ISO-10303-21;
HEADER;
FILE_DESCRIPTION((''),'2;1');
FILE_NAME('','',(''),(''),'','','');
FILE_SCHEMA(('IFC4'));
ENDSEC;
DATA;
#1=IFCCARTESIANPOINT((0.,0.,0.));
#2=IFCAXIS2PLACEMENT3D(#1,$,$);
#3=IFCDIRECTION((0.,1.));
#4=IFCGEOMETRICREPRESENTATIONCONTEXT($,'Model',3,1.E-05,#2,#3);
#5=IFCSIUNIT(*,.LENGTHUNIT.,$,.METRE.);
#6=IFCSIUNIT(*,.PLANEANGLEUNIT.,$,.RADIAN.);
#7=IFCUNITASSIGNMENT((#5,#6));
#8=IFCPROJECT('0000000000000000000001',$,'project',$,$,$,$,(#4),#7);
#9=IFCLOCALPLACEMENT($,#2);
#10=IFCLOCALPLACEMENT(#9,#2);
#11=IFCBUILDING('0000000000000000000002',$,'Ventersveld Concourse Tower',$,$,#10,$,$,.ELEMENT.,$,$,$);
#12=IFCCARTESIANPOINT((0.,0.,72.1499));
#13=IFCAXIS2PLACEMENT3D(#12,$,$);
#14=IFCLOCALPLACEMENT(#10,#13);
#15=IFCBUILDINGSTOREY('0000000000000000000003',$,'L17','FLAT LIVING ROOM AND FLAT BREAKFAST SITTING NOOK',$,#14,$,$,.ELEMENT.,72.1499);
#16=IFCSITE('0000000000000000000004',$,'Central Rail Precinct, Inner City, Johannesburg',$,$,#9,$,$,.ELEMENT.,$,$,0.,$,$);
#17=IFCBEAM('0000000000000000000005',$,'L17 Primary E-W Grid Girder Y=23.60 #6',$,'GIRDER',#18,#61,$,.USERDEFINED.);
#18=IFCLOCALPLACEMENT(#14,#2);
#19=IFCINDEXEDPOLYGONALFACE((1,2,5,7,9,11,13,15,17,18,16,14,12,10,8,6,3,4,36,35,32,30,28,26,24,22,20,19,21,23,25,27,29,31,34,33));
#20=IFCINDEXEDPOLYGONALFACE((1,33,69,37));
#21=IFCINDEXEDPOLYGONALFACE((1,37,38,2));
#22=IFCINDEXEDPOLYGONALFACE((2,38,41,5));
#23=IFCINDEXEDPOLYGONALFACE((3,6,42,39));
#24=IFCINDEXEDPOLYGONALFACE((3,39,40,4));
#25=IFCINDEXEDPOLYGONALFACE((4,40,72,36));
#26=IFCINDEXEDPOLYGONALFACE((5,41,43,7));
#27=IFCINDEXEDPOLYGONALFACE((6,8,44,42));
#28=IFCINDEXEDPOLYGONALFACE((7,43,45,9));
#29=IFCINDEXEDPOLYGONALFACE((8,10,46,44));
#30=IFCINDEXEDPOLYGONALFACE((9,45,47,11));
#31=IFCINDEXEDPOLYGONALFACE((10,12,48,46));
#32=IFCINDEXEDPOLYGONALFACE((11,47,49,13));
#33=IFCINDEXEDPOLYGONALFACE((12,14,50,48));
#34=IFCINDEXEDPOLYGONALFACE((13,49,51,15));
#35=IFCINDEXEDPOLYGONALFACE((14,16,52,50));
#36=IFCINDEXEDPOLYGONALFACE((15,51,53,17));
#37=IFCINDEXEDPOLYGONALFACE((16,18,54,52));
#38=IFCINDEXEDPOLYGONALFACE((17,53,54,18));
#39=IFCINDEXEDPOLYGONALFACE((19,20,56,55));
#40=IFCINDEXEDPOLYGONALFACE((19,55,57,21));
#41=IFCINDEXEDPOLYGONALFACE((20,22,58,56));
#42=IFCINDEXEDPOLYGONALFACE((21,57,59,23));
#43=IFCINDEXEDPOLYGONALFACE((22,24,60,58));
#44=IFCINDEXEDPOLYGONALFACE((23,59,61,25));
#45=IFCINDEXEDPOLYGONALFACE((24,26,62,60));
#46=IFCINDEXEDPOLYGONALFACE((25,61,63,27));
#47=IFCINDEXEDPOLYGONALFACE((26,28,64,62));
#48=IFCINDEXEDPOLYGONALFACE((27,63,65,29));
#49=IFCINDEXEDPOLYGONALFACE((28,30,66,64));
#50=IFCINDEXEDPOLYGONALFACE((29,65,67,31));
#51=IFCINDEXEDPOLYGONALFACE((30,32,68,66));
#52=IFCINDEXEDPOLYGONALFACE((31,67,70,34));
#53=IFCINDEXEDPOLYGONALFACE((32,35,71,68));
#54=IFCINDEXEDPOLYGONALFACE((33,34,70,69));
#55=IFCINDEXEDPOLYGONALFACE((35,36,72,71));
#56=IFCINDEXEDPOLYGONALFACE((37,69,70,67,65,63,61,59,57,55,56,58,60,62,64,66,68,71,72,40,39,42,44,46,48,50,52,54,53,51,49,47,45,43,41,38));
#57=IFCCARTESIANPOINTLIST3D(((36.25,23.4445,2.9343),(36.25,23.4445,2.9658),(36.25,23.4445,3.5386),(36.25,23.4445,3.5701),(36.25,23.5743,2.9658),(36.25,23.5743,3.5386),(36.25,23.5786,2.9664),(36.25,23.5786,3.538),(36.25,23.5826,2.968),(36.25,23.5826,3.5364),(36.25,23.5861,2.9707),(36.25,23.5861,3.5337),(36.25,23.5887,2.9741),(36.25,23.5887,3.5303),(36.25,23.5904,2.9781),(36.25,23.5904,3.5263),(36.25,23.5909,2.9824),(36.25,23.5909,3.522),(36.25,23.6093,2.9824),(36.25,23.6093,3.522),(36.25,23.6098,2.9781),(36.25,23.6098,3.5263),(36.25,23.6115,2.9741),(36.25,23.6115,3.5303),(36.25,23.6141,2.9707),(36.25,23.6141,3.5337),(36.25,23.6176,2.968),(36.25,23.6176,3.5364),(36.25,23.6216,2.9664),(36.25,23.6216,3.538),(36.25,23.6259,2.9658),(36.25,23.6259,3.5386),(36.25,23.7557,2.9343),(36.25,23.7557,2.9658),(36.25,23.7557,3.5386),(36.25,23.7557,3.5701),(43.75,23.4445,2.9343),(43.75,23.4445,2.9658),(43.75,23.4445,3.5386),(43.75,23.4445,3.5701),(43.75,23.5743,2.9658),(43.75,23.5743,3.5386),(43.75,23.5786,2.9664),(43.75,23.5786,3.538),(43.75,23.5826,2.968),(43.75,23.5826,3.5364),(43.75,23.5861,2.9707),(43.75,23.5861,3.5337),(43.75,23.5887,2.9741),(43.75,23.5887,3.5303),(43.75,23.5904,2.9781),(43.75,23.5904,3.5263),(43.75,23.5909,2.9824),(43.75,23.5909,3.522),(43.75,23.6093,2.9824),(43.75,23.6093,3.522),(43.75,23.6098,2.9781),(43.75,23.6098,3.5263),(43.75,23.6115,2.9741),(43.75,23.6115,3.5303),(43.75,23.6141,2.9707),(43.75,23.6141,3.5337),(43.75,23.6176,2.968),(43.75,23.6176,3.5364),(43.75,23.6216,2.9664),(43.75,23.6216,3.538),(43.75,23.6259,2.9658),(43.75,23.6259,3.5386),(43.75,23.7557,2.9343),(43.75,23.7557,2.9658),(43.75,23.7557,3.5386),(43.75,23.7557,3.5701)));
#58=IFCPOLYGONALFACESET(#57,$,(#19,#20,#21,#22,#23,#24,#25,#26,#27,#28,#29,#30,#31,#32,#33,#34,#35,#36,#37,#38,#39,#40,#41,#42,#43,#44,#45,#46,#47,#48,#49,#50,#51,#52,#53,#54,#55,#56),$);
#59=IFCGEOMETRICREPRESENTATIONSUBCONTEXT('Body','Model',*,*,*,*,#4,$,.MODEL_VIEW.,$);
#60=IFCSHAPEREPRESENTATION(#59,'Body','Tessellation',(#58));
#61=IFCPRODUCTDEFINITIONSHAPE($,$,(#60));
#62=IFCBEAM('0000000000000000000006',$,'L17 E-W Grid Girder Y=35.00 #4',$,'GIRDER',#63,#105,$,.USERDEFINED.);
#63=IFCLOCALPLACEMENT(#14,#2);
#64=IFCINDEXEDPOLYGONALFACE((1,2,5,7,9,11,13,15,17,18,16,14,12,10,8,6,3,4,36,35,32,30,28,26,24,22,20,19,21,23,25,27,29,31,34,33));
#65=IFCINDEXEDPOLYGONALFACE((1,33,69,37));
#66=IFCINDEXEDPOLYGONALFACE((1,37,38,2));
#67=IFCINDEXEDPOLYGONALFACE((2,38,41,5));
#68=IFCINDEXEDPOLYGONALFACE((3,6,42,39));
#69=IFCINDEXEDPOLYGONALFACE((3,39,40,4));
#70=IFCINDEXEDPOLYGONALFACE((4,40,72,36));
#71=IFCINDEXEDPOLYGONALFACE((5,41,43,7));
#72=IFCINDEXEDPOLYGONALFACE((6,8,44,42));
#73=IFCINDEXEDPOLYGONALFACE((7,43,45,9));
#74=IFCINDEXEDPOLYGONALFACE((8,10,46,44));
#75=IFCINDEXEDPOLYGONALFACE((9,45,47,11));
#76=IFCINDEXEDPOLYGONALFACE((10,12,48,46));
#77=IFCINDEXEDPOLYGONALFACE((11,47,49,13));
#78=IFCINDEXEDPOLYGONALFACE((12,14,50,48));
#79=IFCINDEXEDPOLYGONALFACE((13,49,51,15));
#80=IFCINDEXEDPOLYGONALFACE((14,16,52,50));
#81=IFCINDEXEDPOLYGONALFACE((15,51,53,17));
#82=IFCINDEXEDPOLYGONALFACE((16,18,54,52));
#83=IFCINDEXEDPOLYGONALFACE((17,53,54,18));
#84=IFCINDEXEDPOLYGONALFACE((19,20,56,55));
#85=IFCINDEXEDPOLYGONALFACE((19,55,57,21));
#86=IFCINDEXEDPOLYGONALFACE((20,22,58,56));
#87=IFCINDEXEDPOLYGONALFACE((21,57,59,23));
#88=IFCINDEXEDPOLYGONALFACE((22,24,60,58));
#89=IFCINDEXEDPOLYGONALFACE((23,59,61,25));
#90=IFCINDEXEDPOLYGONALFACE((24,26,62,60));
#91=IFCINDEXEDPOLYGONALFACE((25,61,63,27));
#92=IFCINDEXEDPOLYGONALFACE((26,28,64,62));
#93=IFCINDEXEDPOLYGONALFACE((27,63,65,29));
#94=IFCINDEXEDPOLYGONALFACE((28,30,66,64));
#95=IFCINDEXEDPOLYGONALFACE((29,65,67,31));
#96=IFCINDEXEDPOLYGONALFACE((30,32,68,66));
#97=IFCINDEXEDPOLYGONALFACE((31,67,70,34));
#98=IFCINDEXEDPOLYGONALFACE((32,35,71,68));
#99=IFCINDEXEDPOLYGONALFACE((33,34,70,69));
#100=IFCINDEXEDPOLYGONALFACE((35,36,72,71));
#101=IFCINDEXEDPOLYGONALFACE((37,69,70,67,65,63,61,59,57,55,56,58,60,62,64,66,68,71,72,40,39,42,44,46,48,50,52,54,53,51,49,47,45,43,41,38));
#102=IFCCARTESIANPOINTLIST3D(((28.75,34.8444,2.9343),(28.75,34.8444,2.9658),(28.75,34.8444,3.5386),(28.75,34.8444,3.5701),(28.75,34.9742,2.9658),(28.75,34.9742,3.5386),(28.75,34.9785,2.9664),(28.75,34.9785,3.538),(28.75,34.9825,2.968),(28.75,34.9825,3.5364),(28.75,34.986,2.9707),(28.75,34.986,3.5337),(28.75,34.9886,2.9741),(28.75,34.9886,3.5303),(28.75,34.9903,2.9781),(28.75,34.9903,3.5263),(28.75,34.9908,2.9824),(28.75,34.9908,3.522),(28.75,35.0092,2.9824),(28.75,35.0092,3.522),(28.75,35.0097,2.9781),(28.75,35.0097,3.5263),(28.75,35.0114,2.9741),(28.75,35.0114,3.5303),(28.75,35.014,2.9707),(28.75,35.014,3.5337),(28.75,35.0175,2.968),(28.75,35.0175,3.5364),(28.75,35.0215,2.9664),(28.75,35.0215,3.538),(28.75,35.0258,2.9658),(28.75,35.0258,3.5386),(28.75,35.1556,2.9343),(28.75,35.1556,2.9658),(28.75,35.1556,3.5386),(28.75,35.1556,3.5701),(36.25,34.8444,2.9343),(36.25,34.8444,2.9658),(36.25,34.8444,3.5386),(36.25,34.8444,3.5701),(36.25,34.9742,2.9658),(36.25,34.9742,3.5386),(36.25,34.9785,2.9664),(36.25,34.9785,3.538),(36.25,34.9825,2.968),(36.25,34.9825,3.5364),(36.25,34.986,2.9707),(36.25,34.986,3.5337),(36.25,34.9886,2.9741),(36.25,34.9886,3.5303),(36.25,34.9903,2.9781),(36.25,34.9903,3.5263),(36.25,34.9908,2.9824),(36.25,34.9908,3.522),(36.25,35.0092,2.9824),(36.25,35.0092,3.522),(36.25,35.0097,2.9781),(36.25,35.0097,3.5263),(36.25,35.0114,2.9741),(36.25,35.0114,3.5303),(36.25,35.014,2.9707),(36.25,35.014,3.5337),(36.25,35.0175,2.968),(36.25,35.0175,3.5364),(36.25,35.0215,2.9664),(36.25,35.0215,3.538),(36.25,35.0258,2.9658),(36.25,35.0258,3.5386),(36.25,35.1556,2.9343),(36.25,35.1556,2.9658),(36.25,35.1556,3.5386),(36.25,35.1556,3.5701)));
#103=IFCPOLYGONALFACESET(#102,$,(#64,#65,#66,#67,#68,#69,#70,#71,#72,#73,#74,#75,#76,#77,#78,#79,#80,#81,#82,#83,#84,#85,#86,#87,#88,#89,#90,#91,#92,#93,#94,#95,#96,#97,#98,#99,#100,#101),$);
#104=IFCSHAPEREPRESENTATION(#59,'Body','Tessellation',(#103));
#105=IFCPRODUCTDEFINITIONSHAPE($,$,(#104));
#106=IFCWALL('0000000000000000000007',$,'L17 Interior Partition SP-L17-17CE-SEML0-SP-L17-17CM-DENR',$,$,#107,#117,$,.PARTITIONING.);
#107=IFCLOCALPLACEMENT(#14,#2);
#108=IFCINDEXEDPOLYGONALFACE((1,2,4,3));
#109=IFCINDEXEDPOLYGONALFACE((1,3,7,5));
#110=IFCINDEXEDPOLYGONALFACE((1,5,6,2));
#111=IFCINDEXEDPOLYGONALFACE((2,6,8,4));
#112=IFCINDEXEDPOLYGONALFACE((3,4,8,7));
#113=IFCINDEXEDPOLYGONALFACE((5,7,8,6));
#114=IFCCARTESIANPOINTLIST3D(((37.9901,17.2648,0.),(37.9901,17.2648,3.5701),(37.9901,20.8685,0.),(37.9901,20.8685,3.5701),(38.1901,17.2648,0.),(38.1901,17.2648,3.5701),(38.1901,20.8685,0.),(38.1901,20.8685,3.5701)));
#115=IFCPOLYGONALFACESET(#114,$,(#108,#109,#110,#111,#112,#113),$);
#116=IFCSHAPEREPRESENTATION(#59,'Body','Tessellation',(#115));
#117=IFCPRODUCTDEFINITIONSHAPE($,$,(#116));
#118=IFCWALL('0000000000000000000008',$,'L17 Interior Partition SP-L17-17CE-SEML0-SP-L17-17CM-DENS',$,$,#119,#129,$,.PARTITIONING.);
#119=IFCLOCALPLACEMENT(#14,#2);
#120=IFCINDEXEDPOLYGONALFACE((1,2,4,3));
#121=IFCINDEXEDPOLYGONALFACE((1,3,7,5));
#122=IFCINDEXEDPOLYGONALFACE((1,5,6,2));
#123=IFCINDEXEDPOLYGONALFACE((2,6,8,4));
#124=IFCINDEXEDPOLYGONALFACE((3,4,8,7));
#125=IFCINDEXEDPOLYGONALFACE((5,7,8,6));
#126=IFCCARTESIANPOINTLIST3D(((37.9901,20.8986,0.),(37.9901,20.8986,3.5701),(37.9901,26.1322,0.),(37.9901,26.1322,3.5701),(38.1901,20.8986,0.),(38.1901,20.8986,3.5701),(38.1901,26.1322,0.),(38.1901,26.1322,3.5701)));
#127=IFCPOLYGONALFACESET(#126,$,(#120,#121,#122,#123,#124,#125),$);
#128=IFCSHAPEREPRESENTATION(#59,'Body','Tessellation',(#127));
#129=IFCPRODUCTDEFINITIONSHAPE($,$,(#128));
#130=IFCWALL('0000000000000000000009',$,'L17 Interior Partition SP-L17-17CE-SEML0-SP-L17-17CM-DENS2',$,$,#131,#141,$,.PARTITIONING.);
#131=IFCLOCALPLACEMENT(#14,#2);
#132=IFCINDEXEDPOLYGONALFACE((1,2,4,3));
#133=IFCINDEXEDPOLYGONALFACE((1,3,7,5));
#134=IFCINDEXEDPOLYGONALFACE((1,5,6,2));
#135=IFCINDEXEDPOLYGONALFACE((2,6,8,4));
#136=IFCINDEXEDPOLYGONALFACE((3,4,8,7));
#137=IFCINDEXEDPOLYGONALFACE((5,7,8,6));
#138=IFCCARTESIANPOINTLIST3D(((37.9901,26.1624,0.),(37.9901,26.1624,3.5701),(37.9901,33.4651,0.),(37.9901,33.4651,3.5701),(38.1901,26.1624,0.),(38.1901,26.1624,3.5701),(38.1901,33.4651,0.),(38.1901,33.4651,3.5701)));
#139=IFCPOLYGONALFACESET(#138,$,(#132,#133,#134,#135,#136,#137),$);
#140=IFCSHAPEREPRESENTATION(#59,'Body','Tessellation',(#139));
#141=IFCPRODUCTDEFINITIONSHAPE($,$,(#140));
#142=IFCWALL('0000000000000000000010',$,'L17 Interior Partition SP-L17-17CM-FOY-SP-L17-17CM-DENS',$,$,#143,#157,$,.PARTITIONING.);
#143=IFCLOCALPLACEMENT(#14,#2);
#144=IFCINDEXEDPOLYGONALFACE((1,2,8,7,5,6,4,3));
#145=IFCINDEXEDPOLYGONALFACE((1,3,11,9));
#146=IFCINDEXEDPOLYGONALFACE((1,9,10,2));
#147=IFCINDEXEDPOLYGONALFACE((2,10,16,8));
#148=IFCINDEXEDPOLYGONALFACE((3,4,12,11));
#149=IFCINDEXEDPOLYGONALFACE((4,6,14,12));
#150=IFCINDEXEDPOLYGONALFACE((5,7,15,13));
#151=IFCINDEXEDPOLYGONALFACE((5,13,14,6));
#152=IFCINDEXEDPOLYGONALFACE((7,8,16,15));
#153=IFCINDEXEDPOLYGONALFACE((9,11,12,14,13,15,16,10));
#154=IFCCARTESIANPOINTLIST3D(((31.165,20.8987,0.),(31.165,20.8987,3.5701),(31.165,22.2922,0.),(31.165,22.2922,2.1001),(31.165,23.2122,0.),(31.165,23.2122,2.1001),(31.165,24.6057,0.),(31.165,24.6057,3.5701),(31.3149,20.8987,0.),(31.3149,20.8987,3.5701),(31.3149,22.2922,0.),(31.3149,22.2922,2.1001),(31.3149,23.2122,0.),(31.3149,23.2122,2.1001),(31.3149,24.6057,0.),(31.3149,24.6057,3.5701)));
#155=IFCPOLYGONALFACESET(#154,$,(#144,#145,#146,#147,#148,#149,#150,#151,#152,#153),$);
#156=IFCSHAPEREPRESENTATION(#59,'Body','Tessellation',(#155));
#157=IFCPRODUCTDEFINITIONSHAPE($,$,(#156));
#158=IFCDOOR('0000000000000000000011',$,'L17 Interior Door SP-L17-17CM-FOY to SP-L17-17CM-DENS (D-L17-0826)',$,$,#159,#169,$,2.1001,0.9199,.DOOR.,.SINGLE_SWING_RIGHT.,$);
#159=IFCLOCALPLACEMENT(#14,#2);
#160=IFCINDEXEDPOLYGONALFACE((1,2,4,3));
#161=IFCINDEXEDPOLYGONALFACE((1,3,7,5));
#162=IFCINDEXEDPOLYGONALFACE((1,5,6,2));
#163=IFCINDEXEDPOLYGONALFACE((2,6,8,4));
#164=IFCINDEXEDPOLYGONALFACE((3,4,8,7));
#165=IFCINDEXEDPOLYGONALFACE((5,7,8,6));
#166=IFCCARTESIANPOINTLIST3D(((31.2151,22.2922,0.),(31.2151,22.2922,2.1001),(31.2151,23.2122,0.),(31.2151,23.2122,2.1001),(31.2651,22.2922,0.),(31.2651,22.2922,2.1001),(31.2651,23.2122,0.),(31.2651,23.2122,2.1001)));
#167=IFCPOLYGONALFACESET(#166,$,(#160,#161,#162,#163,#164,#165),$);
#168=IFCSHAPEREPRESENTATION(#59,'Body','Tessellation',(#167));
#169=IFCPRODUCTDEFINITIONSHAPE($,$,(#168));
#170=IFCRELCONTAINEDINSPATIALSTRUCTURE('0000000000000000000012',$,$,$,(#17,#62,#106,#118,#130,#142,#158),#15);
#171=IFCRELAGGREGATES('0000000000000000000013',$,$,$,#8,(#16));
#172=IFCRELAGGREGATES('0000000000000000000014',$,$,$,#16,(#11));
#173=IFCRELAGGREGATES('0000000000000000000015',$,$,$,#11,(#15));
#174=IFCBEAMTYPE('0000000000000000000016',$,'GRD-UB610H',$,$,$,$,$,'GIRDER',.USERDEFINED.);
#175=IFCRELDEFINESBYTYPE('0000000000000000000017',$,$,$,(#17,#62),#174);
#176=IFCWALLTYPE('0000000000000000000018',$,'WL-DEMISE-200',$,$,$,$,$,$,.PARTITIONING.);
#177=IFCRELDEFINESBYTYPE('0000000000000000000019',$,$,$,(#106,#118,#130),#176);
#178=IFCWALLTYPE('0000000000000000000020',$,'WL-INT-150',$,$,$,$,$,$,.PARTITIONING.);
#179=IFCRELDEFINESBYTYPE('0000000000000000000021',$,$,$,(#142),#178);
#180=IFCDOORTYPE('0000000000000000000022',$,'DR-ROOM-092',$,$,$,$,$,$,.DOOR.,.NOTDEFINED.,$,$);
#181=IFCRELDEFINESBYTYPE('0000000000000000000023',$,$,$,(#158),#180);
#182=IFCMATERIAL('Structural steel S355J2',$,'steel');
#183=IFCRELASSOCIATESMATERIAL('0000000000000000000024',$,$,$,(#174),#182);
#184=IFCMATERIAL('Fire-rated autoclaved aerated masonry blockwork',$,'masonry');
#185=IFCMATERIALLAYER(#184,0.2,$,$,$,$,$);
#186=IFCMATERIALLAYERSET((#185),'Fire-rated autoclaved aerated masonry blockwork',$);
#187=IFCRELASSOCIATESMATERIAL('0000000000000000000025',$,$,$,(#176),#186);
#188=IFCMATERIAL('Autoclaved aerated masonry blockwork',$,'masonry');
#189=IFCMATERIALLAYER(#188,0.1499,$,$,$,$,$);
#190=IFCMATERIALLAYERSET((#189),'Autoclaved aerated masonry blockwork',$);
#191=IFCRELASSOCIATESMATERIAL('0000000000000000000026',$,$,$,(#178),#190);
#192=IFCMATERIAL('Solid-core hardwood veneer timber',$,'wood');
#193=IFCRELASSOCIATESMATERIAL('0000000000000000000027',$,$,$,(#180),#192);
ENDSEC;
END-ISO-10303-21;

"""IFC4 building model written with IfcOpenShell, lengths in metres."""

from ifc_helpers import new_model, si_unit, direction, frame, frame_2d, origin, origin_2d, place, context, subcontext, project, spatial, rectangle, i_section, extrude, material, layer, layer_set, material_profile, profile_set, type_object, element, fill, save


model = new_model("IFC4")

# Units and contexts
model_context = context("Model", 3, precision=1e-05, world=origin(), true_north=direction((0.0, 1.0)))
body_context = subcontext(model_context, "Body", "Model", "MODEL_VIEW")
ifc_project = project(units=[si_unit("LENGTHUNIT", "METRE"), si_unit("PLANEANGLEUNIT", "RADIAN")], contexts=[model_context])

# Site, building, storey
site_placement = place(None, origin())
site = spatial("IfcSite", under=ifc_project, at=site_placement, Name="Central Rail Precinct, Inner City, Johannesburg", CompositionType="ELEMENT", RefElevation=0.0)
building_placement = place(site_placement, origin())
building = spatial("IfcBuilding", under=site, at=building_placement, Name="Ventersveld Concourse Tower", CompositionType="ELEMENT")
storey_placement = place(building_placement, frame((0.0, 0.0, 72.1499)))
storey = spatial("IfcBuildingStorey", under=building, at=storey_placement, Name="L17", Description="FLAT LIVING ROOM AND FLAT BREAKFAST SITTING NOOK", CompositionType="ELEMENT", Elevation=72.1499)

# Beams
ifc_material_1 = material(Name="Structural steel S355J2", Category="steel")
ifc_material_profile_1 = material_profile(ifc_material_1, i_section(OverallWidth=0.3113, OverallDepth=0.6357, WebThickness=0.0183, FlangeThickness=0.0315, FilletRadius=0.0166, at=origin_2d()), Name="UB 610x305x238")
ifc_profile_set_1 = profile_set([ifc_material_profile_1], Name="Structural steel S355J2")
beam_type_1 = type_object("IfcBeamType", Name="GRD-UB610H", ElementType="GIRDER", PredefinedType="USERDEFINED", material=ifc_profile_set_1)
for number, where, z_axis, x_axis, name in (
    (1, (36.25, 23.6001, 3.2522), (1.0, 0.0, 0.0), (0.0, 1.0, 0.0), "L17 Primary E-W Grid Girder Y=23.60 #6"),
    (2, (28.75, 35.0, 3.2522), (1.0, 0.0, 0.0), (0.0, 1.0, 0.0), "L17 E-W Grid Girder Y=35.00 #4"),
):
    element("IfcBeam", number, at=place(storey_placement, frame(where, z_axis=z_axis, x_axis=x_axis)), inside=storey, type_object=beam_type_1, Name=name, ObjectType="GIRDER", PredefinedType="USERDEFINED", context=body_context, shape_type="SweptSolid", body=[
        extrude(i_section(OverallWidth=0.3113, OverallDepth=0.6357, WebThickness=0.0183, FlangeThickness=0.0315, FilletRadius=0.0166, at=origin_2d()), origin(), (0.0, 0.0, 1.0), 7.5),
    ])

# Walls
ifc_material_2 = material(Name="Fire-rated autoclaved aerated masonry blockwork", Category="masonry")
ifc_layer_1 = layer(ifc_material_2, 0.2)
ifc_layer_set_1 = layer_set([ifc_layer_1], Name="Fire-rated autoclaved aerated masonry blockwork")
wall_type_1 = type_object("IfcWallType", Name="WL-DEMISE-200", PredefinedType="PARTITIONING", material=ifc_layer_set_1)
wall_1_placement = place(storey_placement, frame((38.0901, 17.2649, 0.0), z_axis=(0.0, 0.0, 1.0), x_axis=(0.0, 1.0, 0.0)))
element("IfcWall", 3, at=wall_1_placement, inside=storey, type_object=wall_type_1, Name="L17 Interior Partition SP-L17-17CE-SEML0-SP-L17-17CM-DENR", PredefinedType="PARTITIONING", context=body_context, shape_type="SweptSolid", body=[
    extrude(rectangle(XDim=3.6038, YDim=0.2, at=frame_2d((1.8018, 0.0))), origin(), (0.0, 0.0, 1.0), 3.5701),
])
wall_2_placement = place(storey_placement, frame((38.0901, 20.8987, 0.0), z_axis=(0.0, 0.0, 1.0), x_axis=(0.0, 1.0, 0.0)))
element("IfcWall", 4, at=wall_2_placement, inside=storey, type_object=wall_type_1, Name="L17 Interior Partition SP-L17-17CE-SEML0-SP-L17-17CM-DENS", PredefinedType="PARTITIONING", context=body_context, shape_type="SweptSolid", body=[
    extrude(rectangle(XDim=5.2336, YDim=0.2, at=frame_2d((2.6167, 0.0))), origin(), (0.0, 0.0, 1.0), 3.5701),
])
wall_3_placement = place(storey_placement, frame((38.0901, 26.1624, 0.0), z_axis=(0.0, 0.0, 1.0), x_axis=(0.0, 1.0, 0.0)))
element("IfcWall", 5, at=wall_3_placement, inside=storey, type_object=wall_type_1, Name="L17 Interior Partition SP-L17-17CE-SEML0-SP-L17-17CM-DENS2", PredefinedType="PARTITIONING", context=body_context, shape_type="SweptSolid", body=[
    extrude(rectangle(XDim=7.3027, YDim=0.2, at=frame_2d((3.6514, 0.0))), origin(), (0.0, 0.0, 1.0), 3.5701),
])

# Wall, opening, door
ifc_material_3 = material(Name="Autoclaved aerated masonry blockwork", Category="masonry")
ifc_layer_2 = layer(ifc_material_3, 0.1499)
ifc_layer_set_2 = layer_set([ifc_layer_2], Name="Autoclaved aerated masonry blockwork")
wall_type_2 = type_object("IfcWallType", Name="WL-INT-150", PredefinedType="PARTITIONING", material=ifc_layer_set_2)
wall_4_placement = place(storey_placement, frame((31.24, 20.8987, 0.0), z_axis=(0.0, 0.0, 1.0), x_axis=(0.0, 1.0, 0.0)))
wall_4 = element("IfcWall", 6, at=wall_4_placement, inside=storey, type_object=wall_type_2, Name="L17 Interior Partition SP-L17-17CM-FOY-SP-L17-17CM-DENS", PredefinedType="PARTITIONING", context=body_context, shape_type="SweptSolid", body=[
    extrude(rectangle(XDim=3.707, YDim=0.1499, at=frame_2d((1.8535, 0.0))), origin(), (0.0, 0.0, 1.0), 3.5701),
])
opening_1_placement = place(wall_4_placement, frame((1.3936, 0.0, 0.0)))
opening_1 = element("IfcOpeningElement", 7, at=opening_1_placement, cuts=wall_4, PredefinedType="OPENING", context=body_context, shape_type="SweptSolid", body=[
    extrude(rectangle(XDim=0.9199, YDim=2.1001, at=frame_2d((0.46, 1.05))), frame((0.0, 0.085, 0.0), z_axis=(0.0, -1.0, 0.0), x_axis=(1.0, 0.0, 0.0)), (0.0, 0.0, 1.0), 0.1699),
])
ifc_material_4 = material(Name="Solid-core hardwood veneer timber", Category="wood")
door_type = type_object("IfcDoorType", Name="DR-ROOM-092", OperationType="NOTDEFINED", PredefinedType="DOOR", material=ifc_material_4)
door_1_placement = place(opening_1_placement, origin())
door_1 = element("IfcDoor", 8, at=door_1_placement, inside=storey, type_object=door_type, Name="L17 Interior Door SP-L17-17CM-FOY to SP-L17-17CM-DENS (D-L17-0826)", OperationType="SINGLE_SWING_RIGHT", OverallHeight=2.1001, OverallWidth=0.9199, PredefinedType="DOOR", context=body_context, shape_type="SweptSolid", body=[
    extrude(rectangle(XDim=0.9199, YDim=2.1001, at=frame_2d((0.46, 1.05))), frame((0.0, 0.0249, 0.0), z_axis=(0.0, -1.0, 0.0), x_axis=(1.0, 0.0, 0.0)), (0.0, 0.0, 1.0), 0.05),
])
fill(opening_1, door_1)

save(model, "model.ifc")
